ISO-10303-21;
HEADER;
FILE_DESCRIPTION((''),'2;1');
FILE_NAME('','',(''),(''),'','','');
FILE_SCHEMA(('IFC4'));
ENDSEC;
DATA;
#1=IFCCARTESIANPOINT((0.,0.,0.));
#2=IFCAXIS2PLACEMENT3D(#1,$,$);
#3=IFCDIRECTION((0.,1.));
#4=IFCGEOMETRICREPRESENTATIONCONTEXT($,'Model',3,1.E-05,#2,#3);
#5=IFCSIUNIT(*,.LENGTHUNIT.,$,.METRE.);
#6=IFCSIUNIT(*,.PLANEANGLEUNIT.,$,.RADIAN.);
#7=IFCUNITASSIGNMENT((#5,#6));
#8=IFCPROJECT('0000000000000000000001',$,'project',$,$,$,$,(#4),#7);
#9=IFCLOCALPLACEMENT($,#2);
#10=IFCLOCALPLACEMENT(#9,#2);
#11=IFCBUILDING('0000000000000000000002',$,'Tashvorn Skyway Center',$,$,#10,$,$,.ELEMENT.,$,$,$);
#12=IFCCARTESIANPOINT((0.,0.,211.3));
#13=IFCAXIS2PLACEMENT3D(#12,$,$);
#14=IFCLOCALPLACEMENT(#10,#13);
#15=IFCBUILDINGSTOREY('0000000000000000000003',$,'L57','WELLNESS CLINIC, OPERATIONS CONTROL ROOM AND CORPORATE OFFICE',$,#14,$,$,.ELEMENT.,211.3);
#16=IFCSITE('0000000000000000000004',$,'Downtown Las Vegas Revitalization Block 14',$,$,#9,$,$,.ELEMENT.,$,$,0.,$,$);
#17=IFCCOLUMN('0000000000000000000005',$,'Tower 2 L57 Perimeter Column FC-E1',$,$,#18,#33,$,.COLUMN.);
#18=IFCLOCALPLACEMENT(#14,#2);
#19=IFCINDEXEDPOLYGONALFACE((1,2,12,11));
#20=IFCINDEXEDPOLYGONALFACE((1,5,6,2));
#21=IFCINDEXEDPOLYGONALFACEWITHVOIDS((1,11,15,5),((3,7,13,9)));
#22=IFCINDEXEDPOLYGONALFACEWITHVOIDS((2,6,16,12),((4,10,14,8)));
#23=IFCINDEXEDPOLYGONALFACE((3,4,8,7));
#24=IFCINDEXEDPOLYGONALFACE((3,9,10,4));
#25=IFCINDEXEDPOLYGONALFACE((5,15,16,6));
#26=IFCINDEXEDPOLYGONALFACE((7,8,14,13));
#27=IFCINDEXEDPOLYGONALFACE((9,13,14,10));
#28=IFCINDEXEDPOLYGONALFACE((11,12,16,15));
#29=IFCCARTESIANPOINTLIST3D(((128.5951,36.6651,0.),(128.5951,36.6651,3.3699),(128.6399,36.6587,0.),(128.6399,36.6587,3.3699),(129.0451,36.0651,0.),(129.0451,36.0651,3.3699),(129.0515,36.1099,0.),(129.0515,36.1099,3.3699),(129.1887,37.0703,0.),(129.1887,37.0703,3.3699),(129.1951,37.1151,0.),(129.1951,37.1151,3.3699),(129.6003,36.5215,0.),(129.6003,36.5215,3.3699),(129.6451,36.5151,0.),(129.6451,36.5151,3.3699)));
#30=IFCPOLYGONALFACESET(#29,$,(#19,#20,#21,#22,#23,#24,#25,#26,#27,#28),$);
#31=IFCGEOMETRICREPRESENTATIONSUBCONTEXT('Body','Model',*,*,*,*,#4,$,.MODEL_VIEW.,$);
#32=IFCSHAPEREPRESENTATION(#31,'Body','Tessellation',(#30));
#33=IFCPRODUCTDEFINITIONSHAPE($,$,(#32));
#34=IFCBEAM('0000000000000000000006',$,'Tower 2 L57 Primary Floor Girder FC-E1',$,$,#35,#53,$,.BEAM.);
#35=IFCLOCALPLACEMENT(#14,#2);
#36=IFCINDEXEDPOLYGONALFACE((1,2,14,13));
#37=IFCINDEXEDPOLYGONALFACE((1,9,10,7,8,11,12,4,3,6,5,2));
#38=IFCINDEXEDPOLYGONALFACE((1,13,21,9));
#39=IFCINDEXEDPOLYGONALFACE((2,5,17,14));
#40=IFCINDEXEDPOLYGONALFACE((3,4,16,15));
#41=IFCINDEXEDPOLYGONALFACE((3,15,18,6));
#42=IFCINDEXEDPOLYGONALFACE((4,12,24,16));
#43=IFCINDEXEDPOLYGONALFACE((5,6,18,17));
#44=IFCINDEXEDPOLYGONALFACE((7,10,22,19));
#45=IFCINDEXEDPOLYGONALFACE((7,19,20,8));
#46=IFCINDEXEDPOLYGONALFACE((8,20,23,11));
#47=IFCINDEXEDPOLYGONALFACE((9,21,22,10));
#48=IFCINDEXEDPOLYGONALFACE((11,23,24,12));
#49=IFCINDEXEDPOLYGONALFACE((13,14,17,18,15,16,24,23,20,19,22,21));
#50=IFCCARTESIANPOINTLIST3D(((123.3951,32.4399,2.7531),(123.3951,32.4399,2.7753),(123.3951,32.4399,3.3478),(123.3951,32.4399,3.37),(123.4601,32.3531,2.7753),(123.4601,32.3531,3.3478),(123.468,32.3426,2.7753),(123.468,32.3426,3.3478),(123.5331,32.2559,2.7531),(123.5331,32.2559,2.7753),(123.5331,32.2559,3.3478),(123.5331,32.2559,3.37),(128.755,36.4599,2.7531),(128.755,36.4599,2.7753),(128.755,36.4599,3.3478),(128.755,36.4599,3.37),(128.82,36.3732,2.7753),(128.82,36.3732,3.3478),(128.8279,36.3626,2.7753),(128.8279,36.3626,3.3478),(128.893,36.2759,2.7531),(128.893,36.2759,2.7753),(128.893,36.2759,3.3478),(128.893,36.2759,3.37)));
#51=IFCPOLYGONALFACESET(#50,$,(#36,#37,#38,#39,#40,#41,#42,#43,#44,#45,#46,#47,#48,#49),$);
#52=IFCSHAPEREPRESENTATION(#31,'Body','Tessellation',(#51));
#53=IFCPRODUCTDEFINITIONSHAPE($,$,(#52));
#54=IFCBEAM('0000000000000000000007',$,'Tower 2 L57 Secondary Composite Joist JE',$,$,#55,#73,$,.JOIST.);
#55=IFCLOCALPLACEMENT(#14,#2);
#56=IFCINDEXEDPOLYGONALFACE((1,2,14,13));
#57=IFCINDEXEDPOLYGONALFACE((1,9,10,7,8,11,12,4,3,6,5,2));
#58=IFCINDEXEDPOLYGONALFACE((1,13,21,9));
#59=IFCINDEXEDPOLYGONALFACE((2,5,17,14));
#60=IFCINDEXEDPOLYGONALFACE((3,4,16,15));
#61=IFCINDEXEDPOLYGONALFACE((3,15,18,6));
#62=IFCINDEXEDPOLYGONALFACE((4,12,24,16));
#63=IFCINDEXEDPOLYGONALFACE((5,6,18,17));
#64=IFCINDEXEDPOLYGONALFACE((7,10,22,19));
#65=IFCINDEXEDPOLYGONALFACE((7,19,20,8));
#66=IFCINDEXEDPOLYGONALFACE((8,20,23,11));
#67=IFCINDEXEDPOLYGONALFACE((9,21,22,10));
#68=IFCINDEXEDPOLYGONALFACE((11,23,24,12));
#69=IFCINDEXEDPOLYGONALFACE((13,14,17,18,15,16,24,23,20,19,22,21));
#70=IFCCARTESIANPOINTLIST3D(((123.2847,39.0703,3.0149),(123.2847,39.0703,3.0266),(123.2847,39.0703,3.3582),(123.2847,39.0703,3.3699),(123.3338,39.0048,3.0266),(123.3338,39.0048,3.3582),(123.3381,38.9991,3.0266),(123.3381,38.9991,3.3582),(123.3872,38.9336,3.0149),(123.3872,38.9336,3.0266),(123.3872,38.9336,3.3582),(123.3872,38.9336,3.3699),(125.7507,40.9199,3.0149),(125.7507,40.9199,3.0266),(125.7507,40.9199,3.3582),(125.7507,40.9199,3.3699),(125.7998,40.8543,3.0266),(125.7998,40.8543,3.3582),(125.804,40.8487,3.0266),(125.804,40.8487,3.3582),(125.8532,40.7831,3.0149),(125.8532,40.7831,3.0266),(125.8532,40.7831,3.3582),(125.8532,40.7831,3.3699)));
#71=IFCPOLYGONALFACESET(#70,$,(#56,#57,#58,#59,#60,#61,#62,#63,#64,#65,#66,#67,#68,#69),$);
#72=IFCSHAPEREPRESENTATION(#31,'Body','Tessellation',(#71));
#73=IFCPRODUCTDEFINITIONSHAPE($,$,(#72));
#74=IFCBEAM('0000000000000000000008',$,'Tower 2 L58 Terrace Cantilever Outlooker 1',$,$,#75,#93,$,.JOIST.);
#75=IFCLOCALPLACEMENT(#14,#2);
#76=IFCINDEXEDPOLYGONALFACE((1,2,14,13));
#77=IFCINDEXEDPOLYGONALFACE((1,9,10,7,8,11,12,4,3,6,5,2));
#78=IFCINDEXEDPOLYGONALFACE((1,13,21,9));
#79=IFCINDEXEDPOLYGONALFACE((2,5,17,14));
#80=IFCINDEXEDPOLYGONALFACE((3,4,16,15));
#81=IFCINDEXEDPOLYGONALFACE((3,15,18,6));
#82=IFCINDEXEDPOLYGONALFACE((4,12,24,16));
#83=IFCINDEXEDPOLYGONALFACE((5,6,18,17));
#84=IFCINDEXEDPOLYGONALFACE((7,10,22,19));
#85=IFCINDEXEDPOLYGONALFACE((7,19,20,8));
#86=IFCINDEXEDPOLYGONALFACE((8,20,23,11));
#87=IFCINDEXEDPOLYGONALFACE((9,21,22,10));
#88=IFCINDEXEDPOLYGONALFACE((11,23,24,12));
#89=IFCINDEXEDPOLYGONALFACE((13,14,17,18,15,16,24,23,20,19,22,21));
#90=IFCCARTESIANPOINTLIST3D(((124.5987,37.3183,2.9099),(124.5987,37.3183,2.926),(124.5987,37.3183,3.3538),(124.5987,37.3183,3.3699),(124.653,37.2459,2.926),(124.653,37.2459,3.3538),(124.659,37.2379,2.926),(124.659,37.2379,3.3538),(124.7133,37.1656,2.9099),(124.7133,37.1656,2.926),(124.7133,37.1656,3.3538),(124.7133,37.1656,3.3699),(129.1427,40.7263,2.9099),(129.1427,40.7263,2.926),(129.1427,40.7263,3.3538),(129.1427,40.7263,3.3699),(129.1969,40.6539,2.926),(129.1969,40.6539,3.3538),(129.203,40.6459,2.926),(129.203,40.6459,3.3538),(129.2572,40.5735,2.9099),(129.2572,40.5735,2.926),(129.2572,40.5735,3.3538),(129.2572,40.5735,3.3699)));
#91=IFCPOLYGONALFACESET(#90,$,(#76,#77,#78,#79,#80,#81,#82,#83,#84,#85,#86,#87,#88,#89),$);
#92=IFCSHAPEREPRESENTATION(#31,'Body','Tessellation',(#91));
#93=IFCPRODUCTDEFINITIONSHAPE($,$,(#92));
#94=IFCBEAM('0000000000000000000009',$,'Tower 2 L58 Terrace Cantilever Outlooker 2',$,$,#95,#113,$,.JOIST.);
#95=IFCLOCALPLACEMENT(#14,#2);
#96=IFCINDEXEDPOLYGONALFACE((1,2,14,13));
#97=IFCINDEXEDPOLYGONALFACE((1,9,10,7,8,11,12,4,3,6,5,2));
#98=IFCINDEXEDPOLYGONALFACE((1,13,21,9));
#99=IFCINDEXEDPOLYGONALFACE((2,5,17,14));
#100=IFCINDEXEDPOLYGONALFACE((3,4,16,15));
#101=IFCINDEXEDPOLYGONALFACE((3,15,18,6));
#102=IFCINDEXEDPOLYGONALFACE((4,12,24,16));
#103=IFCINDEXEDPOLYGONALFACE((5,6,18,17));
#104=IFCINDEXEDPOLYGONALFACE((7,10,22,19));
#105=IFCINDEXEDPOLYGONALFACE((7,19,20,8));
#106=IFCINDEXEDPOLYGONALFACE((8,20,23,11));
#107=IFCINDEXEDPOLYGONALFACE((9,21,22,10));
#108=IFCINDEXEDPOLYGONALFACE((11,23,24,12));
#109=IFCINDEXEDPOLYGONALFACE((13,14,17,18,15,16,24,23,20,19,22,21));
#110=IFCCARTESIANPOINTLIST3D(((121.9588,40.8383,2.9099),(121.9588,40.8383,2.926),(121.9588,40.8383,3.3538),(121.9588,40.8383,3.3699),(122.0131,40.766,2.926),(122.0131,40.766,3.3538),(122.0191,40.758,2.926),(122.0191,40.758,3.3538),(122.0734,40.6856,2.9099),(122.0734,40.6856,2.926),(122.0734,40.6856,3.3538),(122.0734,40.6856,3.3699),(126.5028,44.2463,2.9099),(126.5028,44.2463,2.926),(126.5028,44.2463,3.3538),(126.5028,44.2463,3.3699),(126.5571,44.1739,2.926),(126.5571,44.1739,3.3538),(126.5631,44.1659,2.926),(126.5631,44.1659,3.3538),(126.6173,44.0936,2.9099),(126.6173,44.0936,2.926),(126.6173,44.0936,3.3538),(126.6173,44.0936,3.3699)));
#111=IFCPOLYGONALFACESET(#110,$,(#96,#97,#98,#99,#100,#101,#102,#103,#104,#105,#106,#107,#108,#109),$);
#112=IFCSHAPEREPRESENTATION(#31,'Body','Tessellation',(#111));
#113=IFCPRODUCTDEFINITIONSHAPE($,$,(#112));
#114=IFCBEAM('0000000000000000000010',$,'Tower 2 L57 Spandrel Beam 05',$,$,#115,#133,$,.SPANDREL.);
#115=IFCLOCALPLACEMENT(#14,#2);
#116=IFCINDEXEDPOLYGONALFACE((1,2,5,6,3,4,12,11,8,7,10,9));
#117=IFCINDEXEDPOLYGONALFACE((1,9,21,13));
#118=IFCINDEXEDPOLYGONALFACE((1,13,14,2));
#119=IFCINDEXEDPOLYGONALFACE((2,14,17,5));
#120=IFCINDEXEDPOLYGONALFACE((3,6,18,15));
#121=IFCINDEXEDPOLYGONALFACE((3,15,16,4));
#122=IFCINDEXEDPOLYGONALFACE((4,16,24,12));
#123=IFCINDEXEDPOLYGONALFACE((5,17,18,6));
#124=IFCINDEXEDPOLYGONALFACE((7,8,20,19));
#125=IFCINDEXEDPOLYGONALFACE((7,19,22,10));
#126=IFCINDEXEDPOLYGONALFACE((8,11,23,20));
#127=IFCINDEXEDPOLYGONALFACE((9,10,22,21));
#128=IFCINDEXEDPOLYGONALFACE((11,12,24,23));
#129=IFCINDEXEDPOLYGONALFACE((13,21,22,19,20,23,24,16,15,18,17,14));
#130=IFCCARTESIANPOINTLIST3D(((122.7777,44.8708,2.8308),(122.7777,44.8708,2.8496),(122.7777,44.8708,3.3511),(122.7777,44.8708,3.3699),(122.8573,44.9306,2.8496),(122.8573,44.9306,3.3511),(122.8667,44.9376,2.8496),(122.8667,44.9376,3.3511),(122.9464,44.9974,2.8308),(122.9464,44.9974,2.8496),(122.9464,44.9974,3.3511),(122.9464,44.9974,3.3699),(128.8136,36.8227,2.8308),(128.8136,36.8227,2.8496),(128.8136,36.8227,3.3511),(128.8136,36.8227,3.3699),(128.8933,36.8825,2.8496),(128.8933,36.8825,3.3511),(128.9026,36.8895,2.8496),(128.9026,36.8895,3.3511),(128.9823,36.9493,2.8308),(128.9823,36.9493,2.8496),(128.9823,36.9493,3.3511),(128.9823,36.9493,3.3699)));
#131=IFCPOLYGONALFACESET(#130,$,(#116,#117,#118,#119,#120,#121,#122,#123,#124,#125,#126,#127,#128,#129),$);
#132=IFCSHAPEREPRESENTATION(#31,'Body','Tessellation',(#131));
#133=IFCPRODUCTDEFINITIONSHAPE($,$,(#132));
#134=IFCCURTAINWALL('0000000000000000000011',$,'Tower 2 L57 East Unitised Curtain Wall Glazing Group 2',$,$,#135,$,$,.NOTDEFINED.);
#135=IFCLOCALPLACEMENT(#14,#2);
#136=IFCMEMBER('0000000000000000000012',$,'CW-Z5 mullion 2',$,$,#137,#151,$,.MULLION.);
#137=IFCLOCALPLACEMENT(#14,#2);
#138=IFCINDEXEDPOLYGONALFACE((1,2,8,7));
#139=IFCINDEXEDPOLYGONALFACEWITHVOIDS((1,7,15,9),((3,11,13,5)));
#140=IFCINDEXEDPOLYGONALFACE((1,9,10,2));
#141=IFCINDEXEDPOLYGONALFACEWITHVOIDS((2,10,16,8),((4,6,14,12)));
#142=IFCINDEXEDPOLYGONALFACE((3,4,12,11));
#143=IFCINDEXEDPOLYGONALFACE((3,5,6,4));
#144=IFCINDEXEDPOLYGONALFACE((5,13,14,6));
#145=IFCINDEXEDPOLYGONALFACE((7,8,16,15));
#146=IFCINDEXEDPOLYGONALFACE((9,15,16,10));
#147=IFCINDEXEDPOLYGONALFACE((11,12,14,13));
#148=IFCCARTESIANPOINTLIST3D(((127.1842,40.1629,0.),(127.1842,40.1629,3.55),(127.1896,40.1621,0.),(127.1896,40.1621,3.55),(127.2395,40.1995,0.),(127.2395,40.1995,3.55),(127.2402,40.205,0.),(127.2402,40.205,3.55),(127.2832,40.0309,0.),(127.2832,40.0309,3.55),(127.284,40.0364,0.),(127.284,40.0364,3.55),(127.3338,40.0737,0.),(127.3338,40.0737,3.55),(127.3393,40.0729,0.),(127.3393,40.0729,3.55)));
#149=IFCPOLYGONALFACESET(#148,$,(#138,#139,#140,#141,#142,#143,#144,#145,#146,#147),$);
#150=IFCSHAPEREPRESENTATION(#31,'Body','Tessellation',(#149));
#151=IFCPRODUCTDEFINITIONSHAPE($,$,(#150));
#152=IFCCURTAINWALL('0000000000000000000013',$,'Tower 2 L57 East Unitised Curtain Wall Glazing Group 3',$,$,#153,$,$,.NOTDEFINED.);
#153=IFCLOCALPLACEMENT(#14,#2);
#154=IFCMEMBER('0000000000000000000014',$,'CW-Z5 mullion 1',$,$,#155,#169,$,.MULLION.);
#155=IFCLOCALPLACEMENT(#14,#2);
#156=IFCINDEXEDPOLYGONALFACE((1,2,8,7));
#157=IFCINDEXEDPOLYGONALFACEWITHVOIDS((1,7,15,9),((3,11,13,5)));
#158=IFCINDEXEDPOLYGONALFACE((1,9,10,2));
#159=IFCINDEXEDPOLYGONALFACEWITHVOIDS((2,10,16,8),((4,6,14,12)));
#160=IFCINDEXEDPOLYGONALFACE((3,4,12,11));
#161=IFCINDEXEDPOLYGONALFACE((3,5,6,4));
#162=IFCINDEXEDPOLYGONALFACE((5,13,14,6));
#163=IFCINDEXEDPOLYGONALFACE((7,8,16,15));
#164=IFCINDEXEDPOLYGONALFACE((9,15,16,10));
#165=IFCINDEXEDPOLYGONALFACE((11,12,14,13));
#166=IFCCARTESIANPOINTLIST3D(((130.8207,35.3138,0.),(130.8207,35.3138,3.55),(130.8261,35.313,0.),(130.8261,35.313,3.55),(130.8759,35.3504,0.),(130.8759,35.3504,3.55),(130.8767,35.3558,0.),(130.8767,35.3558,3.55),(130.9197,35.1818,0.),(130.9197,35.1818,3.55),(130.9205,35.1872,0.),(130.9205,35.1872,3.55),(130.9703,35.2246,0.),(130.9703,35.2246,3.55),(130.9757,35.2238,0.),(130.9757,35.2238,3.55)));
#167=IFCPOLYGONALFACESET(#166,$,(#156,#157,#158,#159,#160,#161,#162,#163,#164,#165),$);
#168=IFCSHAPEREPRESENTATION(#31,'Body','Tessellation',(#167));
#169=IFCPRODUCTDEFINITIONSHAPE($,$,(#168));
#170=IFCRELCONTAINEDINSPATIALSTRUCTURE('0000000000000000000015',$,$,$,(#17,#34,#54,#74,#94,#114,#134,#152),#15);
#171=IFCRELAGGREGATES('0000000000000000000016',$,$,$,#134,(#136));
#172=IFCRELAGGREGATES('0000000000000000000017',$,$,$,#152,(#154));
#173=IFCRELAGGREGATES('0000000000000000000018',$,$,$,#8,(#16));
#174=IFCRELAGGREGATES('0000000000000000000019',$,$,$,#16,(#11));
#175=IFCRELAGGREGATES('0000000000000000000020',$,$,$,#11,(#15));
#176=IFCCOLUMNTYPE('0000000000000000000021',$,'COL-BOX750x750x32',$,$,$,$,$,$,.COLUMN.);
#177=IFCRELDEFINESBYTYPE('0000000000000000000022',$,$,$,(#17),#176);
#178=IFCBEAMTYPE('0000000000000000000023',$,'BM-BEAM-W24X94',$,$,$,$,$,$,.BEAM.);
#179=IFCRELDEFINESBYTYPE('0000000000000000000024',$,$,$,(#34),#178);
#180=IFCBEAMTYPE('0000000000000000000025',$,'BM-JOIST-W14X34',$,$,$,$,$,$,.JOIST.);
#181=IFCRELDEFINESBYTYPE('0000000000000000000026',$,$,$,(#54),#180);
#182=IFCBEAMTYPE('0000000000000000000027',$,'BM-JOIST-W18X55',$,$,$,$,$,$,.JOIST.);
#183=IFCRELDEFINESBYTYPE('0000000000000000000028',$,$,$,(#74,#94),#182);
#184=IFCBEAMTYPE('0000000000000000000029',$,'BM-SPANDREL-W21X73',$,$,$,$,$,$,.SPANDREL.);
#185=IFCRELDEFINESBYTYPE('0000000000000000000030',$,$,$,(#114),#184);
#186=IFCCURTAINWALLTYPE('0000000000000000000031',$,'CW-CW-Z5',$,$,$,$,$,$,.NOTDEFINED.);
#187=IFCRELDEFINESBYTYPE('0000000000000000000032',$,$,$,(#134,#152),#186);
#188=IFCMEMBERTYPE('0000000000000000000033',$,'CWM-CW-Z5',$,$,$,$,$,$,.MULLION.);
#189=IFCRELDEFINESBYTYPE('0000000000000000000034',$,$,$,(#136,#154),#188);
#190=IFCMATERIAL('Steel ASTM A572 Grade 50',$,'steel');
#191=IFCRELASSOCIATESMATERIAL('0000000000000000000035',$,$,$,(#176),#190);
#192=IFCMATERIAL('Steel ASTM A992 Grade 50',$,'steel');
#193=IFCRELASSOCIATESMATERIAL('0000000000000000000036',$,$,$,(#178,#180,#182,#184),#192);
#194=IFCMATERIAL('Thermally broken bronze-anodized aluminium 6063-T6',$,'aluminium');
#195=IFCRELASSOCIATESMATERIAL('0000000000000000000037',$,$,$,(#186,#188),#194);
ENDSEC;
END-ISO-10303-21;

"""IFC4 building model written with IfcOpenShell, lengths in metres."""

from ifc_helpers import new_model, si_unit, direction, frame, origin, origin_2d, place, context, subcontext, project, spatial, hollow_rectangle, i_section, extrude, material, material_profile, profile_set, type_object, element, aggregate, save


model = new_model("IFC4")

# Units and contexts
model_context = context("Model", 3, precision=1e-05, world=origin(), true_north=direction((0.0, 1.0)))
body_context = subcontext(model_context, "Body", "Model", "MODEL_VIEW")
ifc_project = project(units=[si_unit("LENGTHUNIT", "METRE"), si_unit("PLANEANGLEUNIT", "RADIAN")], contexts=[model_context])

# Site, building, storey
site_placement = place(None, origin())
site = spatial("IfcSite", under=ifc_project, at=site_placement, Name="Downtown Las Vegas Revitalization Block 14", CompositionType="ELEMENT", RefElevation=0.0)
building_placement = place(site_placement, origin())
building = spatial("IfcBuilding", under=site, at=building_placement, Name="Tashvorn Skyway Center", CompositionType="ELEMENT")
storey_placement = place(building_placement, frame((0.0, 0.0, 211.3)))
storey = spatial("IfcBuildingStorey", under=building, at=storey_placement, Name="L57", Description="WELLNESS CLINIC, OPERATIONS CONTROL ROOM AND CORPORATE OFFICE", CompositionType="ELEMENT", Elevation=211.3)

# Column
ifc_material_1 = material(Name="Steel ASTM A572 Grade 50", Category="steel")
ifc_material_profile_1 = material_profile(ifc_material_1, hollow_rectangle(XDim=0.75, YDim=0.75, WallThickness=0.032, at=origin_2d()), Name="BOX750x750x32")
ifc_profile_set_1 = profile_set([ifc_material_profile_1], Name="Steel ASTM A572 Grade 50")
column_type = type_object("IfcColumnType", Name="COL-BOX750x750x32", PredefinedType="COLUMN", material=ifc_profile_set_1)
column_placement = place(storey_placement, frame((129.1201, 36.5901, 0.0), z_axis=(0.0, 0.0, 1.0), x_axis=(0.8, 0.6, 0.0)))
element("IfcColumn", 1, at=column_placement, inside=storey, type_object=column_type, Name="Tower 2 L57 Perimeter Column FC-E1", PredefinedType="COLUMN", context=body_context, shape_type="SweptSolid", body=[
    extrude(hollow_rectangle(XDim=0.75, YDim=0.75, WallThickness=0.032, at=origin_2d()), origin(), (0.0, 0.0, 1.0), 3.3699),
])

# Beams
ifc_material_2 = material(Name="Steel ASTM A992 Grade 50", Category="steel")
ifc_material_profile_2 = material_profile(ifc_material_2, i_section(OverallWidth=0.23, OverallDepth=0.6169, WebThickness=0.0132, FlangeThickness=0.0222, at=origin_2d()), Name="W24X94")
ifc_profile_set_2 = profile_set([ifc_material_profile_2], Name="Steel ASTM A992 Grade 50")
beam_type_1 = type_object("IfcBeamType", Name="BM-BEAM-W24X94", PredefinedType="BEAM", material=ifc_profile_set_2)
beam_1_placement = place(storey_placement, frame((128.824, 36.3679, 3.0615), z_axis=(-0.799991, -0.600012, 0.0), x_axis=(0.600012, -0.799991, 0.0)))
element("IfcBeam", 2, at=beam_1_placement, inside=storey, type_object=beam_type_1, Name="Tower 2 L57 Primary Floor Girder FC-E1", PredefinedType="BEAM", context=body_context, shape_type="SweptSolid", body=[
    extrude(i_section(OverallWidth=0.23, OverallDepth=0.6169, WebThickness=0.0132, FlangeThickness=0.0222, at=origin_2d()), origin(), (0.0, 0.0, 1.0), 6.7),
])
ifc_material_profile_3 = material_profile(ifc_material_2, i_section(OverallWidth=0.1709, OverallDepth=0.355, WebThickness=0.0071, FlangeThickness=0.0117, at=origin_2d()), Name="W14X34")
ifc_profile_set_3 = profile_set([ifc_material_profile_3], Name="Steel ASTM A992 Grade 50")
beam_type_2 = type_object("IfcBeamType", Name="BM-JOIST-W14X34", PredefinedType="JOIST", material=ifc_profile_set_3)
beam_2_placement = place(storey_placement, frame((123.3359, 39.002, 3.1924), z_axis=(0.79999, 0.600013, 0.0), x_axis=(-0.600013, 0.79999, 0.0)))
element("IfcBeam", 3, at=beam_2_placement, inside=storey, type_object=beam_type_2, Name="Tower 2 L57 Secondary Composite Joist JE", PredefinedType="JOIST", context=body_context, shape_type="SweptSolid", body=[
    extrude(i_section(OverallWidth=0.1709, OverallDepth=0.355, WebThickness=0.0071, FlangeThickness=0.0117, at=origin_2d()), origin(), (0.0, 0.0, 1.0), 3.0825),
])
ifc_material_profile_4 = material_profile(ifc_material_2, i_section(OverallWidth=0.1909, OverallDepth=0.46, WebThickness=0.01, FlangeThickness=0.0161, at=origin_2d()), Name="W18X55")
ifc_profile_set_4 = profile_set([ifc_material_profile_4], Name="Steel ASTM A992 Grade 50")
beam_type_3 = type_object("IfcBeamType", Name="BM-JOIST-W18X55", PredefinedType="JOIST", material=ifc_profile_set_4)
for number, where, z_axis, x_axis, name in (
    (4, (124.656, 37.2419, 3.1399), (0.8, 0.6, 0.0), (-0.6, 0.8, 0.0), "Tower 2 L58 Terrace Cantilever Outlooker 1"),
    (5, (122.0161, 40.762, 3.1399), (0.8, 0.6, 0.0), (-0.6, 0.8, 0.0), "Tower 2 L58 Terrace Cantilever Outlooker 2"),
):
    element("IfcBeam", number, at=place(storey_placement, frame(where, z_axis=z_axis, x_axis=x_axis)), inside=storey, type_object=beam_type_3, Name=name, PredefinedType="JOIST", context=body_context, shape_type="SweptSolid", body=[
        extrude(i_section(OverallWidth=0.1909, OverallDepth=0.46, WebThickness=0.01, FlangeThickness=0.0161, at=origin_2d()), origin(), (0.0, 0.0, 1.0), 5.6799),
    ])
ifc_material_profile_5 = material_profile(ifc_material_2, i_section(OverallWidth=0.2109, OverallDepth=0.5391, WebThickness=0.0117, FlangeThickness=0.0188, at=origin_2d()), Name="W21X73")
ifc_profile_set_5 = profile_set([ifc_material_profile_5], Name="Steel ASTM A992 Grade 50")
beam_type_4 = type_object("IfcBeamType", Name="BM-SPANDREL-W21X73", PredefinedType="SPANDREL", material=ifc_profile_set_5)
beam_3_placement = place(storey_placement, frame((128.8979, 36.886, 3.1003), z_axis=(-0.599988, 0.800009, 0.0), x_axis=(-0.800009, -0.599988, 0.0)))
element("IfcBeam", 6, at=beam_3_placement, inside=storey, type_object=beam_type_4, Name="Tower 2 L57 Spandrel Beam 05", PredefinedType="SPANDREL", context=body_context, shape_type="SweptSolid", body=[
    extrude(i_section(OverallWidth=0.2109, OverallDepth=0.5391, WebThickness=0.0117, FlangeThickness=0.0188, at=origin_2d()), origin(), (0.0, 0.0, 1.0), 10.0601),
])

# Curtain wall, member
ifc_material_3 = material(Name="Thermally broken bronze-anodized aluminium 6063-T6", Category="aluminium")
curtain_wall_type = type_object("IfcCurtainWallType", Name="CW-CW-Z5", PredefinedType="NOTDEFINED", material=ifc_material_3)
curtain_wall_1_placement = place(storey_placement, origin())
curtain_wall_1 = element("IfcCurtainWall", 7, at=curtain_wall_1_placement, inside=storey, type_object=curtain_wall_type, Name="Tower 2 L57 East Unitised Curtain Wall Glazing Group 2", PredefinedType="NOTDEFINED")
ifc_material_profile_6 = material_profile(ifc_material_3, hollow_rectangle(XDim=0.0701, YDim=0.165, WallThickness=0.0039, at=origin_2d()), Name="ALU-MULL-70x165")
ifc_profile_set_6 = profile_set([ifc_material_profile_6], Name="Thermally broken bronze-anodized aluminium 6063-T6")
member_type_1 = type_object("IfcMemberType", Name="CWM-CW-Z5", PredefinedType="MULLION", material=ifc_profile_set_6)
member_1_placement = place(storey_placement, frame((127.2617, 40.1179, 0.0), z_axis=(0.0, 0.0, 1.0), x_axis=(0.799984, 0.600021, 0.0)))
member_1 = element("IfcMember", 8, at=member_1_placement, type_object=member_type_1, Name="CW-Z5 mullion 2", PredefinedType="MULLION", context=body_context, shape_type="SweptSolid", body=[
    extrude(hollow_rectangle(XDim=0.0701, YDim=0.165, WallThickness=0.0039, at=origin_2d()), origin(), (0.0, 0.0, 1.0), 3.55),
])
aggregate(curtain_wall_1, [member_1])

# Curtain wall, member
curtain_wall_2_placement = place(storey_placement, origin())
curtain_wall_2 = element("IfcCurtainWall", 9, at=curtain_wall_2_placement, inside=storey, type_object=curtain_wall_type, Name="Tower 2 L57 East Unitised Curtain Wall Glazing Group 3", PredefinedType="NOTDEFINED")
member_2_placement = place(storey_placement, frame((130.8982, 35.2688, 0.0), z_axis=(0.0, 0.0, 1.0), x_axis=(0.799998, 0.600003, 0.0)))
member_2 = element("IfcMember", 10, at=member_2_placement, type_object=member_type_1, Name="CW-Z5 mullion 1", PredefinedType="MULLION", context=body_context, shape_type="SweptSolid", body=[
    extrude(hollow_rectangle(XDim=0.0701, YDim=0.165, WallThickness=0.0039, at=origin_2d()), origin(), (0.0, 0.0, 1.0), 3.55),
])
aggregate(curtain_wall_2, [member_2])

save(model, "model.ifc")
